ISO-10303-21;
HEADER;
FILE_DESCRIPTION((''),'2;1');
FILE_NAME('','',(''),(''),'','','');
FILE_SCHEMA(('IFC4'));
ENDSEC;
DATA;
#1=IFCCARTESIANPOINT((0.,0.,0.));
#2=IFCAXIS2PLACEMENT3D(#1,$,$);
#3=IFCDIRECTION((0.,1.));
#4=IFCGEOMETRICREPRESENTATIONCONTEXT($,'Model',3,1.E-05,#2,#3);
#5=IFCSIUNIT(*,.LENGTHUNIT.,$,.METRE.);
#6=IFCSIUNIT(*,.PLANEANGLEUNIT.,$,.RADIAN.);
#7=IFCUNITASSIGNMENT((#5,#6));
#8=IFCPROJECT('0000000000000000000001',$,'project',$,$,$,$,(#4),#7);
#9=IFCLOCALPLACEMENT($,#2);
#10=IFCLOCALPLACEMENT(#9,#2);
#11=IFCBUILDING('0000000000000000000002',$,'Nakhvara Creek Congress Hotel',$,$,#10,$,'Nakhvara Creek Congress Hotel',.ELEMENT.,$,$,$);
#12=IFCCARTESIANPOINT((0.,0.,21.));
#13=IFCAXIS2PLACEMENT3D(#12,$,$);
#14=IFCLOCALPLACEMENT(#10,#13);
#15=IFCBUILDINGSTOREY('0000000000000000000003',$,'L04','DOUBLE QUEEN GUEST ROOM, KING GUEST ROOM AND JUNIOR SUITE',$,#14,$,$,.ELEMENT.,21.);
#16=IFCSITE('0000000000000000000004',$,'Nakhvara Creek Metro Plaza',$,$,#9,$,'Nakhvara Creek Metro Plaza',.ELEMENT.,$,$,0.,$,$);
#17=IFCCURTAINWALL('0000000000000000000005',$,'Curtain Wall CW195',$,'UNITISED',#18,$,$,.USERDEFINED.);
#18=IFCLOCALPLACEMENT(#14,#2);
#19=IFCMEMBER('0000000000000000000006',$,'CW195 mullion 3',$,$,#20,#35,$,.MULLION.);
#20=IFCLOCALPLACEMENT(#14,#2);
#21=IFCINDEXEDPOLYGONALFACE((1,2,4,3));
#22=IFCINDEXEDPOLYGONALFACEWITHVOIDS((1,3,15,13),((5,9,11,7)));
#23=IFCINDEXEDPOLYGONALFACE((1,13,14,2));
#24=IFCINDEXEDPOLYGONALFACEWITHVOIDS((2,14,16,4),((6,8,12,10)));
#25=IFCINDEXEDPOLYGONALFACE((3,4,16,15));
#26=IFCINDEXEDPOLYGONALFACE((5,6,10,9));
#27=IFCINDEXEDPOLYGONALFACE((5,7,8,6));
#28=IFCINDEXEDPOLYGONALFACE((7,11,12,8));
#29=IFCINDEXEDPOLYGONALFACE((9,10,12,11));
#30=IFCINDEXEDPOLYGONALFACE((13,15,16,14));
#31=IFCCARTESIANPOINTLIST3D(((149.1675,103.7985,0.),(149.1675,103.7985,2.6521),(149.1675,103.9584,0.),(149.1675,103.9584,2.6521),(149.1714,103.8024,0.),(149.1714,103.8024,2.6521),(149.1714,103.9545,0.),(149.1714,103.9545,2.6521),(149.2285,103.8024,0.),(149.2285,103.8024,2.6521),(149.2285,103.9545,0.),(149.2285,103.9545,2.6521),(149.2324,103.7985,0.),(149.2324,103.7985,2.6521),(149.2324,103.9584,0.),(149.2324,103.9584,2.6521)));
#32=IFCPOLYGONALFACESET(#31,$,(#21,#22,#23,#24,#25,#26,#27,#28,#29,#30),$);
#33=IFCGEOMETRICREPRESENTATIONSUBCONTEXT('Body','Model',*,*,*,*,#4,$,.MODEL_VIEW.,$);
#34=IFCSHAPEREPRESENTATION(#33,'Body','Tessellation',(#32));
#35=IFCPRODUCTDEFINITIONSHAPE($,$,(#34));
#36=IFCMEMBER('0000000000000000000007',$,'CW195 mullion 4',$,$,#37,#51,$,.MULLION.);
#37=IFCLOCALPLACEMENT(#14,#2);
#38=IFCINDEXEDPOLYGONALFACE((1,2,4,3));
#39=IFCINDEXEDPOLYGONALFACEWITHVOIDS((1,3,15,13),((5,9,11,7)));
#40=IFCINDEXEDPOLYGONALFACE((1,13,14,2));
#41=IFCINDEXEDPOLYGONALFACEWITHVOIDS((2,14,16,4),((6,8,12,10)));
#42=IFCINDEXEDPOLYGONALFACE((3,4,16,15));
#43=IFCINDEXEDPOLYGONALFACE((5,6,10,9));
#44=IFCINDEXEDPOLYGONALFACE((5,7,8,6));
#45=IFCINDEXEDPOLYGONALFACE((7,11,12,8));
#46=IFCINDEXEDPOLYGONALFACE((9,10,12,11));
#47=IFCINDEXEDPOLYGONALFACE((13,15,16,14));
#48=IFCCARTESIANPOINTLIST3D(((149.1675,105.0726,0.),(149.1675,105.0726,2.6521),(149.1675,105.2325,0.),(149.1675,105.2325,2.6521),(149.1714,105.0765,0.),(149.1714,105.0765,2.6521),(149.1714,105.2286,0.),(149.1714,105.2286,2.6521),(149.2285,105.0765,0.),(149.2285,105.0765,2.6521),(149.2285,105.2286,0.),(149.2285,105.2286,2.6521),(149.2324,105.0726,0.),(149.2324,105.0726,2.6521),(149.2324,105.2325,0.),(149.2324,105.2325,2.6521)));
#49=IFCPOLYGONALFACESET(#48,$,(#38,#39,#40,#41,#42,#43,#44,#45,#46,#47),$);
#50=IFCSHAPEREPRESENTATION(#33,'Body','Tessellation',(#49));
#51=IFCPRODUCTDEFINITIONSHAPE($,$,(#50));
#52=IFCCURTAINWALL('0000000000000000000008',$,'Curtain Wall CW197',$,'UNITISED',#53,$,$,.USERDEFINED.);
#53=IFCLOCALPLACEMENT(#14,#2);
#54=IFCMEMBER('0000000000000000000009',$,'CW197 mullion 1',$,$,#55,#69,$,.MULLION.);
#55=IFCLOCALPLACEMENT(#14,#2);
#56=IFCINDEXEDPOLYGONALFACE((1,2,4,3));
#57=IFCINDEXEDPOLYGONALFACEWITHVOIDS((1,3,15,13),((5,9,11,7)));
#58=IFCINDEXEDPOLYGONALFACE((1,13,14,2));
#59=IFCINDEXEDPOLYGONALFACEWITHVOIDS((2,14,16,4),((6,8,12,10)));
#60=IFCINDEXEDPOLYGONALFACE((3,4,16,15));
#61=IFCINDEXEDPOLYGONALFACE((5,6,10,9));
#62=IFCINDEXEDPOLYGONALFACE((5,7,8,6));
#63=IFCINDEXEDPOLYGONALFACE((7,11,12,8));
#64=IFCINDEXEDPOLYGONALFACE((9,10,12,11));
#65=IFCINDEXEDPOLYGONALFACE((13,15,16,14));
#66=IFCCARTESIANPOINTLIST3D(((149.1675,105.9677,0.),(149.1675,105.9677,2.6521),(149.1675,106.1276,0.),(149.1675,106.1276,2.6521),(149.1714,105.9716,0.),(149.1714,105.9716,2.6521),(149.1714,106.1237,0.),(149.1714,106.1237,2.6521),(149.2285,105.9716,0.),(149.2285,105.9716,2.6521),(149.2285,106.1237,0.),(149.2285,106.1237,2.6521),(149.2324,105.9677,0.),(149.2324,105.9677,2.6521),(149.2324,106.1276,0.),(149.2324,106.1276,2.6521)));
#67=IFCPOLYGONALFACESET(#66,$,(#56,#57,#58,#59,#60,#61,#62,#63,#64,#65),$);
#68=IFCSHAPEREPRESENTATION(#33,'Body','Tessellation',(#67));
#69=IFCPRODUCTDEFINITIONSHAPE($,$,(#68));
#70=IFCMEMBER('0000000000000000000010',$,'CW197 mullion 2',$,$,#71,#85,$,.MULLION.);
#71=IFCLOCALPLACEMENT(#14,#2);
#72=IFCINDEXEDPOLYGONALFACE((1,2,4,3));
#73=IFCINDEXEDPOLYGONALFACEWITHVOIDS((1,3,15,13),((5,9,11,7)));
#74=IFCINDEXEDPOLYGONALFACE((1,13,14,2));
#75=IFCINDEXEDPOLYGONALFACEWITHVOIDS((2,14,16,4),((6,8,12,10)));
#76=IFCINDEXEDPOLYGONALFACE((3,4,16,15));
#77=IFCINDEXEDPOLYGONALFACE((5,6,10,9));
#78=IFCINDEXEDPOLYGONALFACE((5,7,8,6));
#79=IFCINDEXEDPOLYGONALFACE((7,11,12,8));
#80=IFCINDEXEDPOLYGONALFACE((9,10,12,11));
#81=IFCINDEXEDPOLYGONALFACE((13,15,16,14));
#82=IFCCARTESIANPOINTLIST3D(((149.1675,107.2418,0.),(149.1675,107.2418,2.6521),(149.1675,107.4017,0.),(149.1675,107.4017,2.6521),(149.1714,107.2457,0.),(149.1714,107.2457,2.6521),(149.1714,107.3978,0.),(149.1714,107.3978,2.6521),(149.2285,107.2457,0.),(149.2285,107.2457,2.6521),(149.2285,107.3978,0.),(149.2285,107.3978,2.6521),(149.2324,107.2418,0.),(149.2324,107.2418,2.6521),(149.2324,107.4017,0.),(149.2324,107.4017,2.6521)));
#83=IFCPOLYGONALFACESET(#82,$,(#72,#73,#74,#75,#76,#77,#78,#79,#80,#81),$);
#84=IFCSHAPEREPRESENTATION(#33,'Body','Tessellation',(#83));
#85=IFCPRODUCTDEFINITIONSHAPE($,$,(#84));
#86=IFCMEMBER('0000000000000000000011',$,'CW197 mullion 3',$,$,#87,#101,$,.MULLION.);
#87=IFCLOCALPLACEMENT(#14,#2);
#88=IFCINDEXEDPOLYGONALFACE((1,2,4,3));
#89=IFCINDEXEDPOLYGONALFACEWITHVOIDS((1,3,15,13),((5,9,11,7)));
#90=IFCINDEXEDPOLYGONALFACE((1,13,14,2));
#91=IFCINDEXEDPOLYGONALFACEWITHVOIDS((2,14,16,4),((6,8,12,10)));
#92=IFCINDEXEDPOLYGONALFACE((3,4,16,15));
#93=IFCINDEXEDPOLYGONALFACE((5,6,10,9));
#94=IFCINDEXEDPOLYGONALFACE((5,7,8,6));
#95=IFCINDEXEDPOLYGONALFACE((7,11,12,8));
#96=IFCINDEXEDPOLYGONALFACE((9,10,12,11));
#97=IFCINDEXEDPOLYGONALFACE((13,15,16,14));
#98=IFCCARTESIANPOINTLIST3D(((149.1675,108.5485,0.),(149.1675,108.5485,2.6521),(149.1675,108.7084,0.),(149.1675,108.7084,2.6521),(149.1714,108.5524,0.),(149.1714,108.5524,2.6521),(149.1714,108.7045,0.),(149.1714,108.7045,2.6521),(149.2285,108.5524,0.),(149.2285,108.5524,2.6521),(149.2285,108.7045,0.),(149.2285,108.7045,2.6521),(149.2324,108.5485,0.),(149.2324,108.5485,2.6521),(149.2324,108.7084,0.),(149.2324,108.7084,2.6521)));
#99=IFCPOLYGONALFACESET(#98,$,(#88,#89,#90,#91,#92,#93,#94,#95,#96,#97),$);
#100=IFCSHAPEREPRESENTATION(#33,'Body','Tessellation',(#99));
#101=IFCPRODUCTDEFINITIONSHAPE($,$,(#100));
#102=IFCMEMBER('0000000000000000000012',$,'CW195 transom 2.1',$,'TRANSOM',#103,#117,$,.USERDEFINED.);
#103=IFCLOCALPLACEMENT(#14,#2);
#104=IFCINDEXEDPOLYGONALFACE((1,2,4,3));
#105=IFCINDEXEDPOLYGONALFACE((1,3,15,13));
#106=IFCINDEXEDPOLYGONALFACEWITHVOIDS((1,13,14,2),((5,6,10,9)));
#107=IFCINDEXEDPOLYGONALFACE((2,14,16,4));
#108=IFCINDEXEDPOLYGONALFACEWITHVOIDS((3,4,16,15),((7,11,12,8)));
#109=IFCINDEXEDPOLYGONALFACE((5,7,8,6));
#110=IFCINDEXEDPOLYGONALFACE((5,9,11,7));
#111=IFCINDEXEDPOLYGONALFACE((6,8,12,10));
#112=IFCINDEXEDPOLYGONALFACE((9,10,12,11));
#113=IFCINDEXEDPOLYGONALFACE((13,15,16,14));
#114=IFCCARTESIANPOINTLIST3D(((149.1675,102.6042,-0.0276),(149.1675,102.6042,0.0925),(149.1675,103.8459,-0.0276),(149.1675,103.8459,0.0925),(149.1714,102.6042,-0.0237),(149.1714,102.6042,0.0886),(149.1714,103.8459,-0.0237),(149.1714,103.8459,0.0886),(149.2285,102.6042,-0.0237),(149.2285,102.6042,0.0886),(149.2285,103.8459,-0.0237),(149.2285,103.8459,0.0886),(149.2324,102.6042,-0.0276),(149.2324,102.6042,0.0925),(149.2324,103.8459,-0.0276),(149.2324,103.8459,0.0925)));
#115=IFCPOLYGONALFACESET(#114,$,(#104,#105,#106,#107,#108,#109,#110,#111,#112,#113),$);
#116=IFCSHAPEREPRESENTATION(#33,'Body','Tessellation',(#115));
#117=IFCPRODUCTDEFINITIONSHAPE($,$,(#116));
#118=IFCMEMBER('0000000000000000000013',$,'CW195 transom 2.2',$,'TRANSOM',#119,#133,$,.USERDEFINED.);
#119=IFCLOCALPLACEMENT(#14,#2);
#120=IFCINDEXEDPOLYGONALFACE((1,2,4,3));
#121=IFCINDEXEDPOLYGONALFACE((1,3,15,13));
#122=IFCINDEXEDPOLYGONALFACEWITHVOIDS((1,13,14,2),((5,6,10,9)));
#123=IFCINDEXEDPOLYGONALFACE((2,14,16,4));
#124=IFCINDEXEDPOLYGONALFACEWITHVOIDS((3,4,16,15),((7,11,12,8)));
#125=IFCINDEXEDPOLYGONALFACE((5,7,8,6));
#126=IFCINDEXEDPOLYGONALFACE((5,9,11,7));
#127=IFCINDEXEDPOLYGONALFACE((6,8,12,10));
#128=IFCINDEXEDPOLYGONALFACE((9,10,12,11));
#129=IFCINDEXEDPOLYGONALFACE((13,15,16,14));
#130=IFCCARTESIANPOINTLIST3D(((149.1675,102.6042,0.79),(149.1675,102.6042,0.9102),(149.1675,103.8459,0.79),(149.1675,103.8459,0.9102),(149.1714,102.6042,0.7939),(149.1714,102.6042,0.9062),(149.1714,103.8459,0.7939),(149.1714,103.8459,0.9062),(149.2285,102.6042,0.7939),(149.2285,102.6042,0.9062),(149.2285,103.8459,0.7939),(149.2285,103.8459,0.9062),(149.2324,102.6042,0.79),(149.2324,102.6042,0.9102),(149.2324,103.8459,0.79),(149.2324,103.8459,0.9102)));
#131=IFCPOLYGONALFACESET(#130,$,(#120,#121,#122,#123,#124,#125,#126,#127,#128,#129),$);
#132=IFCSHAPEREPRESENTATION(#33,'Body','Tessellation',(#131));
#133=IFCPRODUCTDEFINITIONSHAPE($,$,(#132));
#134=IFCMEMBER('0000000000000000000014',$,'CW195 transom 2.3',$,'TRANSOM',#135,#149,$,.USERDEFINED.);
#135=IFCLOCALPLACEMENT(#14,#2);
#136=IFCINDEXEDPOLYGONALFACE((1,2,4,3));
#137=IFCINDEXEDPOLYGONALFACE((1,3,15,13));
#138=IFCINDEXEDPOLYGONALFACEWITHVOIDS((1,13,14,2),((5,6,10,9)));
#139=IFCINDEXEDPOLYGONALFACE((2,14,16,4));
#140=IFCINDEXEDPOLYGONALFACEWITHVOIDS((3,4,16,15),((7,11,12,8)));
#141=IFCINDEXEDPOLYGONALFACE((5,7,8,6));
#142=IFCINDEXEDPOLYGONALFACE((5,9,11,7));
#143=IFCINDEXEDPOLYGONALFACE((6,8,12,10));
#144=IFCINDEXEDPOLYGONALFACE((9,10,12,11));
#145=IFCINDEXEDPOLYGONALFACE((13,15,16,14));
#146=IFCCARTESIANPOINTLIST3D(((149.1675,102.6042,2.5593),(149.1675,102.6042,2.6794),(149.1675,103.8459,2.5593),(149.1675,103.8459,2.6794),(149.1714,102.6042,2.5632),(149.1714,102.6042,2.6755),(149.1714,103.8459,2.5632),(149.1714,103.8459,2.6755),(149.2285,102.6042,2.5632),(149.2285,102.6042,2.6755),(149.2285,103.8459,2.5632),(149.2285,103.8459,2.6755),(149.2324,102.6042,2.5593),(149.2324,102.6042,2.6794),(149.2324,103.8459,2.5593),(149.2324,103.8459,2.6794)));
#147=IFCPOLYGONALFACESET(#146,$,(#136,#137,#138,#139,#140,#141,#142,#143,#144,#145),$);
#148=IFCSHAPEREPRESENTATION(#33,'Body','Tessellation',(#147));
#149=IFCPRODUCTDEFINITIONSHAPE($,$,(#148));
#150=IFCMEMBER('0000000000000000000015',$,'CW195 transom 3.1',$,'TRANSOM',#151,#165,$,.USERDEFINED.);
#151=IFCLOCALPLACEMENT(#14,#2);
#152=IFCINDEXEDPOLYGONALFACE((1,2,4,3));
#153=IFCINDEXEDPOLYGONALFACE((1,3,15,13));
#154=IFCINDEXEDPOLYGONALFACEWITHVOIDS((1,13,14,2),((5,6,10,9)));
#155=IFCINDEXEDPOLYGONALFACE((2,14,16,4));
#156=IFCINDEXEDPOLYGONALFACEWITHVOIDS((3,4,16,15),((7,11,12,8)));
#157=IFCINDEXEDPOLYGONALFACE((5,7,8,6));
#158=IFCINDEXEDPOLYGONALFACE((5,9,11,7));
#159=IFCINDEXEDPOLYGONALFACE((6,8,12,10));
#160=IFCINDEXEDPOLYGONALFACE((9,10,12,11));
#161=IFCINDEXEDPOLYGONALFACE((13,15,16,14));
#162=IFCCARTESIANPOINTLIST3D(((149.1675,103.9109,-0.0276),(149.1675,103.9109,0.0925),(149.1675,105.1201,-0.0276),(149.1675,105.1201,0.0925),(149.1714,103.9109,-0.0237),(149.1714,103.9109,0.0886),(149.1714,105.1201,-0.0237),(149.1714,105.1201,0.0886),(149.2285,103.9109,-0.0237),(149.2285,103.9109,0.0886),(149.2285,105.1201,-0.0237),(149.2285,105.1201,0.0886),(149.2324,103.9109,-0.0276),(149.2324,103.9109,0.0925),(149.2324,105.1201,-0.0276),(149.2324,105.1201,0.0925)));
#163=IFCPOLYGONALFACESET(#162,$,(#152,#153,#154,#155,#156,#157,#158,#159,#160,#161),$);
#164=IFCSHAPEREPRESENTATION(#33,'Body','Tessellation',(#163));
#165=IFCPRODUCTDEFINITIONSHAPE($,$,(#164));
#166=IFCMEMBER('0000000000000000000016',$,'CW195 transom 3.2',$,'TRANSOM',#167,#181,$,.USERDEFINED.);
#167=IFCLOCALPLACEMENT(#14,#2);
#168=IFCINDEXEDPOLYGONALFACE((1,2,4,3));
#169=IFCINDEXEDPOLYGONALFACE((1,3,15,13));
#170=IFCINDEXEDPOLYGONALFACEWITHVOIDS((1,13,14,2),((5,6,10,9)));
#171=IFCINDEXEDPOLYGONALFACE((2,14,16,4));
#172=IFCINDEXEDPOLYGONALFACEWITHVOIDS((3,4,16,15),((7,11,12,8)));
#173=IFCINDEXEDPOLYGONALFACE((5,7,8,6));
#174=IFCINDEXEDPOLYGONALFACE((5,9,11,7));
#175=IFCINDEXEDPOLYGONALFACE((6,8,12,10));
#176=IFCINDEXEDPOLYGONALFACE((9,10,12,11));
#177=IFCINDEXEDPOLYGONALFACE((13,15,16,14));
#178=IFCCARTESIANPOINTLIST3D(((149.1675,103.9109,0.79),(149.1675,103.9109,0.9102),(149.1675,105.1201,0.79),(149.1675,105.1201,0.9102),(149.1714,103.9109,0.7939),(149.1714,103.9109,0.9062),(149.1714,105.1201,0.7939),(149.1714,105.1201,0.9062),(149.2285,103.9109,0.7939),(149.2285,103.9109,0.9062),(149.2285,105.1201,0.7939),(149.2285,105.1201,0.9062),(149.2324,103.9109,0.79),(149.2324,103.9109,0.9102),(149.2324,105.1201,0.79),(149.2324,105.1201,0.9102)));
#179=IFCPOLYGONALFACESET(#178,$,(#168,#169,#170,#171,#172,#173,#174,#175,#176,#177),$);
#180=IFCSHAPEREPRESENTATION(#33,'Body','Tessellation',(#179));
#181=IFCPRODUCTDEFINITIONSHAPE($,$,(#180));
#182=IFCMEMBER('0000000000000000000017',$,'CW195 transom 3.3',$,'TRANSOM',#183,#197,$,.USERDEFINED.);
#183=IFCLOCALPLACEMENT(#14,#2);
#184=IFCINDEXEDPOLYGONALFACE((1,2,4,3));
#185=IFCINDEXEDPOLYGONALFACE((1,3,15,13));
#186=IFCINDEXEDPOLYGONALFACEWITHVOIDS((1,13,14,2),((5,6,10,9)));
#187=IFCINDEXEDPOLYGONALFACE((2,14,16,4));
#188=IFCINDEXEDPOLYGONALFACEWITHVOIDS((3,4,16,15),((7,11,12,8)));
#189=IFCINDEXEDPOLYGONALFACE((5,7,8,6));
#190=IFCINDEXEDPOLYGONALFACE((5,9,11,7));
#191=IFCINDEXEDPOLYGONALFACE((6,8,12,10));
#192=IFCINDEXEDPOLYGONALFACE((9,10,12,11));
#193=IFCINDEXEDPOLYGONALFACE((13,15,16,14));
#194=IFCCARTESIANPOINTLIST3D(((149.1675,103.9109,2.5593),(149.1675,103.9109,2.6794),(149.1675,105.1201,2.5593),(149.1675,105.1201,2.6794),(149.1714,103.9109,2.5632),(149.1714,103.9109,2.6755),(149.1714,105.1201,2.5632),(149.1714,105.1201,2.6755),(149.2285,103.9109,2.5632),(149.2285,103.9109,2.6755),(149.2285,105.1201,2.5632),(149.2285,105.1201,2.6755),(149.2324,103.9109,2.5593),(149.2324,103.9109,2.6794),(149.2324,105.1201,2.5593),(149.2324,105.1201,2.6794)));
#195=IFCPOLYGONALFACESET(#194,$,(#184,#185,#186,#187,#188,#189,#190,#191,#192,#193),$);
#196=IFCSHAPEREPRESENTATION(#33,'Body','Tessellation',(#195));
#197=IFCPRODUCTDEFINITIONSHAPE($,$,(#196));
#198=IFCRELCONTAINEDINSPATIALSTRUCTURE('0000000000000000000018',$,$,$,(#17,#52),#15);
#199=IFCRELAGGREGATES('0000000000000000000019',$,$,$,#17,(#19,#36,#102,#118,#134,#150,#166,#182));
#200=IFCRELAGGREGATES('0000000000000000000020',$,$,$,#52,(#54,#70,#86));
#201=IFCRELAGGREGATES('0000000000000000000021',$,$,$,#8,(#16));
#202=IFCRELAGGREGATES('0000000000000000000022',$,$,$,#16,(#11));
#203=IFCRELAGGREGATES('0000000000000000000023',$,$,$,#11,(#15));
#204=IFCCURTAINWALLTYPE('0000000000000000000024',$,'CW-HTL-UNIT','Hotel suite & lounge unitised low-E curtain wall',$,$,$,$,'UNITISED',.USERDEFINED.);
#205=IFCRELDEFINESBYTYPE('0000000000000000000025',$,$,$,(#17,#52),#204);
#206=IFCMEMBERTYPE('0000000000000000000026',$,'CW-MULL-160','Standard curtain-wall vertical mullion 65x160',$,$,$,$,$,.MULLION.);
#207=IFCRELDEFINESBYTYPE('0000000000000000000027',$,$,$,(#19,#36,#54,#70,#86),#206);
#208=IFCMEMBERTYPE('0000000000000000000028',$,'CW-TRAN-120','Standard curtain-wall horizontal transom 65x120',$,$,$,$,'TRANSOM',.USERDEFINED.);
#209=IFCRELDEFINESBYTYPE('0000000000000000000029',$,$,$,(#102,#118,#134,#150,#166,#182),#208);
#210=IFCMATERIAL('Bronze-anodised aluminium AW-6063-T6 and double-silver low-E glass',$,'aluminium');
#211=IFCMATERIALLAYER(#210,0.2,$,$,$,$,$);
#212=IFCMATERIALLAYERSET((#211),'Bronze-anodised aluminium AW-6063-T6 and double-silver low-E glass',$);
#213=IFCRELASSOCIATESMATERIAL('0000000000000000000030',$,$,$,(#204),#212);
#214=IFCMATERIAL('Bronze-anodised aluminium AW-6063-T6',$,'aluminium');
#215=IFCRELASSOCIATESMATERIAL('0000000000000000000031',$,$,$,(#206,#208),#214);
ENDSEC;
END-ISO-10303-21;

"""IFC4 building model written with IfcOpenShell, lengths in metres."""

from ifc_helpers import new_model, si_unit, direction, frame, origin, origin_2d, place, context, subcontext, project, spatial, hollow_rectangle, extrude, material, layer, layer_set, material_profile, profile_set, type_object, element, aggregate, save


model = new_model("IFC4")

# Units and contexts
model_context = context("Model", 3, precision=1e-05, world=origin(), true_north=direction((0.0, 1.0)))
body_context = subcontext(model_context, "Body", "Model", "MODEL_VIEW")
ifc_project = project(units=[si_unit("LENGTHUNIT", "METRE"), si_unit("PLANEANGLEUNIT", "RADIAN")], contexts=[model_context])

# Site, building, storey
site_placement = place(None, origin())
site = spatial("IfcSite", under=ifc_project, at=site_placement, Name="Nakhvara Creek Metro Plaza", LongName="Nakhvara Creek Metro Plaza", CompositionType="ELEMENT", RefElevation=0.0)
building_placement = place(site_placement, origin())
building = spatial("IfcBuilding", under=site, at=building_placement, Name="Nakhvara Creek Congress Hotel", LongName="Nakhvara Creek Congress Hotel", CompositionType="ELEMENT")
storey_placement = place(building_placement, frame((0.0, 0.0, 21.0)))
storey = spatial("IfcBuildingStorey", under=building, at=storey_placement, Name="L04", Description="DOUBLE QUEEN GUEST ROOM, KING GUEST ROOM AND JUNIOR SUITE", CompositionType="ELEMENT", Elevation=21.0)

# Curtain walls, members
ifc_material_1 = material(Name="Bronze-anodised aluminium AW-6063-T6 and double-silver low-E glass", Category="aluminium")
ifc_layer = layer(ifc_material_1, 0.2)
ifc_layer_set = layer_set([ifc_layer], Name="Bronze-anodised aluminium AW-6063-T6 and double-silver low-E glass")
curtain_wall_type = type_object("IfcCurtainWallType", Name="CW-HTL-UNIT", Description="Hotel suite & lounge unitised low-E curtain wall", ElementType="UNITISED", PredefinedType="USERDEFINED", material=ifc_layer_set)
curtain_wall_1_placement = place(storey_placement, origin())
curtain_wall_1 = element("IfcCurtainWall", 1, at=curtain_wall_1_placement, inside=storey, type_object=curtain_wall_type, Name="Curtain Wall CW195", ObjectType="UNITISED", PredefinedType="USERDEFINED")
ifc_material_2 = material(Name="Bronze-anodised aluminium AW-6063-T6", Category="aluminium")
ifc_material_profile_1 = material_profile(ifc_material_2, hollow_rectangle(XDim=0.0649, YDim=0.1599, WallThickness=0.0039, at=origin_2d()), Name="ALU-MULL 65x160x4", Category="LoadBearing")
ifc_profile_set_1 = profile_set([ifc_material_profile_1], Name="Bronze-anodised aluminium AW-6063-T6")
member_type_1 = type_object("IfcMemberType", Name="CW-MULL-160", Description="Standard curtain-wall vertical mullion 65x160", PredefinedType="MULLION", material=ifc_profile_set_1)
member_1_placement = place(storey_placement, frame((149.2, 103.8784, 0.0), z_axis=(0.0, 0.0, 1.0), x_axis=(-1.0, 0.0, 0.0)))
member_1 = element("IfcMember", 2, at=member_1_placement, type_object=member_type_1, Name="CW195 mullion 3", PredefinedType="MULLION", context=body_context, shape_type="SweptSolid", body=[
    extrude(hollow_rectangle(XDim=0.0649, YDim=0.1599, WallThickness=0.0039, at=origin_2d()), origin(), (0.0, 0.0, 1.0), 2.6521),
])
member_2_placement = place(storey_placement, frame((149.2, 105.1526, 0.0), z_axis=(0.0, 0.0, 1.0), x_axis=(-1.0, 0.0, 0.0)))
member_2 = element("IfcMember", 3, at=member_2_placement, type_object=member_type_1, Name="CW195 mullion 4", PredefinedType="MULLION", context=body_context, shape_type="SweptSolid", body=[
    extrude(hollow_rectangle(XDim=0.0649, YDim=0.1599, WallThickness=0.0039, at=origin_2d()), origin(), (0.0, 0.0, 1.0), 2.6521),
])
curtain_wall_2_placement = place(storey_placement, origin())
curtain_wall_2 = element("IfcCurtainWall", 4, at=curtain_wall_2_placement, inside=storey, type_object=curtain_wall_type, Name="Curtain Wall CW197", ObjectType="UNITISED", PredefinedType="USERDEFINED")
member_3_placement = place(storey_placement, frame((149.2, 106.0476, 0.0), z_axis=(0.0, 0.0, 1.0), x_axis=(-1.0, 0.0, 0.0)))
member_3 = element("IfcMember", 5, at=member_3_placement, type_object=member_type_1, Name="CW197 mullion 1", PredefinedType="MULLION", context=body_context, shape_type="SweptSolid", body=[
    extrude(hollow_rectangle(XDim=0.0649, YDim=0.1599, WallThickness=0.0039, at=origin_2d()), origin(), (0.0, 0.0, 1.0), 2.6521),
])
member_4_placement = place(storey_placement, frame((149.2, 107.3218, 0.0), z_axis=(0.0, 0.0, 1.0), x_axis=(-1.0, 0.0, 0.0)))
member_4 = element("IfcMember", 6, at=member_4_placement, type_object=member_type_1, Name="CW197 mullion 2", PredefinedType="MULLION", context=body_context, shape_type="SweptSolid", body=[
    extrude(hollow_rectangle(XDim=0.0649, YDim=0.1599, WallThickness=0.0039, at=origin_2d()), origin(), (0.0, 0.0, 1.0), 2.6521),
])
member_5_placement = place(storey_placement, frame((149.2, 108.6284, 0.0), z_axis=(0.0, 0.0, 1.0), x_axis=(-1.0, 0.0, 0.0)))
member_5 = element("IfcMember", 7, at=member_5_placement, type_object=member_type_1, Name="CW197 mullion 3", PredefinedType="MULLION", context=body_context, shape_type="SweptSolid", body=[
    extrude(hollow_rectangle(XDim=0.0649, YDim=0.1599, WallThickness=0.0039, at=origin_2d()), origin(), (0.0, 0.0, 1.0), 2.6521),
])

# Members
ifc_material_profile_2 = material_profile(ifc_material_2, hollow_rectangle(XDim=0.0649, YDim=0.1201, WallThickness=0.0039, at=origin_2d()), Name="ALU-TRAN 65x120x4", Category="LoadBearing")
ifc_profile_set_2 = profile_set([ifc_material_profile_2], Name="Bronze-anodised aluminium AW-6063-T6")
member_type_2 = type_object("IfcMemberType", Name="CW-TRAN-120", Description="Standard curtain-wall horizontal transom 65x120", ElementType="TRANSOM", PredefinedType="USERDEFINED", material=ifc_profile_set_2)
member_6_placement = place(storey_placement, frame((149.2, 102.6042, 0.0325), z_axis=(0.0, 1.0, 0.0), x_axis=(-1.0, 0.0, 0.0)))
member_6 = element("IfcMember", 8, at=member_6_placement, type_object=member_type_2, Name="CW195 transom 2.1", ObjectType="TRANSOM", PredefinedType="USERDEFINED", context=body_context, shape_type="SweptSolid", body=[
    extrude(hollow_rectangle(XDim=0.0649, YDim=0.1201, WallThickness=0.0039, at=origin_2d()), origin(), (0.0, 0.0, 1.0), 1.2417),
])
member_7_placement = place(storey_placement, frame((149.2, 102.6042, 0.8501), z_axis=(0.0, 1.0, 0.0), x_axis=(-1.0, 0.0, 0.0)))
member_7 = element("IfcMember", 9, at=member_7_placement, type_object=member_type_2, Name="CW195 transom 2.2", ObjectType="TRANSOM", PredefinedType="USERDEFINED", context=body_context, shape_type="SweptSolid", body=[
    extrude(hollow_rectangle(XDim=0.0649, YDim=0.1201, WallThickness=0.0039, at=origin_2d()), origin(), (0.0, 0.0, 1.0), 1.2417),
])
member_8_placement = place(storey_placement, frame((149.2, 102.6042, 2.6194), z_axis=(0.0, 1.0, 0.0), x_axis=(-1.0, 0.0, 0.0)))
member_8 = element("IfcMember", 10, at=member_8_placement, type_object=member_type_2, Name="CW195 transom 2.3", ObjectType="TRANSOM", PredefinedType="USERDEFINED", context=body_context, shape_type="SweptSolid", body=[
    extrude(hollow_rectangle(XDim=0.0649, YDim=0.1201, WallThickness=0.0039, at=origin_2d()), origin(), (0.0, 0.0, 1.0), 1.2417),
])
member_9_placement = place(storey_placement, frame((149.2, 103.9109, 0.0325), z_axis=(0.0, 1.0, 0.0), x_axis=(-1.0, 0.0, 0.0)))
member_9 = element("IfcMember", 11, at=member_9_placement, type_object=member_type_2, Name="CW195 transom 3.1", ObjectType="TRANSOM", PredefinedType="USERDEFINED", context=body_context, shape_type="SweptSolid", body=[
    extrude(hollow_rectangle(XDim=0.0649, YDim=0.1201, WallThickness=0.0039, at=origin_2d()), origin(), (0.0, 0.0, 1.0), 1.2092),
])
member_10_placement = place(storey_placement, frame((149.2, 103.9109, 0.8501), z_axis=(0.0, 1.0, 0.0), x_axis=(-1.0, 0.0, 0.0)))
member_10 = element("IfcMember", 12, at=member_10_placement, type_object=member_type_2, Name="CW195 transom 3.2", ObjectType="TRANSOM", PredefinedType="USERDEFINED", context=body_context, shape_type="SweptSolid", body=[
    extrude(hollow_rectangle(XDim=0.0649, YDim=0.1201, WallThickness=0.0039, at=origin_2d()), origin(), (0.0, 0.0, 1.0), 1.2092),
])
member_11_placement = place(storey_placement, frame((149.2, 103.9109, 2.6194), z_axis=(0.0, 1.0, 0.0), x_axis=(-1.0, 0.0, 0.0)))
member_11 = element("IfcMember", 13, at=member_11_placement, type_object=member_type_2, Name="CW195 transom 3.3", ObjectType="TRANSOM", PredefinedType="USERDEFINED", context=body_context, shape_type="SweptSolid", body=[
    extrude(hollow_rectangle(XDim=0.0649, YDim=0.1201, WallThickness=0.0039, at=origin_2d()), origin(), (0.0, 0.0, 1.0), 1.2092),
])

aggregate(curtain_wall_1, [member_1, member_2, member_6, member_7, member_8, member_9, member_10, member_11])
aggregate(curtain_wall_2, [member_3, member_4, member_5])

save(model, "model.ifc")
